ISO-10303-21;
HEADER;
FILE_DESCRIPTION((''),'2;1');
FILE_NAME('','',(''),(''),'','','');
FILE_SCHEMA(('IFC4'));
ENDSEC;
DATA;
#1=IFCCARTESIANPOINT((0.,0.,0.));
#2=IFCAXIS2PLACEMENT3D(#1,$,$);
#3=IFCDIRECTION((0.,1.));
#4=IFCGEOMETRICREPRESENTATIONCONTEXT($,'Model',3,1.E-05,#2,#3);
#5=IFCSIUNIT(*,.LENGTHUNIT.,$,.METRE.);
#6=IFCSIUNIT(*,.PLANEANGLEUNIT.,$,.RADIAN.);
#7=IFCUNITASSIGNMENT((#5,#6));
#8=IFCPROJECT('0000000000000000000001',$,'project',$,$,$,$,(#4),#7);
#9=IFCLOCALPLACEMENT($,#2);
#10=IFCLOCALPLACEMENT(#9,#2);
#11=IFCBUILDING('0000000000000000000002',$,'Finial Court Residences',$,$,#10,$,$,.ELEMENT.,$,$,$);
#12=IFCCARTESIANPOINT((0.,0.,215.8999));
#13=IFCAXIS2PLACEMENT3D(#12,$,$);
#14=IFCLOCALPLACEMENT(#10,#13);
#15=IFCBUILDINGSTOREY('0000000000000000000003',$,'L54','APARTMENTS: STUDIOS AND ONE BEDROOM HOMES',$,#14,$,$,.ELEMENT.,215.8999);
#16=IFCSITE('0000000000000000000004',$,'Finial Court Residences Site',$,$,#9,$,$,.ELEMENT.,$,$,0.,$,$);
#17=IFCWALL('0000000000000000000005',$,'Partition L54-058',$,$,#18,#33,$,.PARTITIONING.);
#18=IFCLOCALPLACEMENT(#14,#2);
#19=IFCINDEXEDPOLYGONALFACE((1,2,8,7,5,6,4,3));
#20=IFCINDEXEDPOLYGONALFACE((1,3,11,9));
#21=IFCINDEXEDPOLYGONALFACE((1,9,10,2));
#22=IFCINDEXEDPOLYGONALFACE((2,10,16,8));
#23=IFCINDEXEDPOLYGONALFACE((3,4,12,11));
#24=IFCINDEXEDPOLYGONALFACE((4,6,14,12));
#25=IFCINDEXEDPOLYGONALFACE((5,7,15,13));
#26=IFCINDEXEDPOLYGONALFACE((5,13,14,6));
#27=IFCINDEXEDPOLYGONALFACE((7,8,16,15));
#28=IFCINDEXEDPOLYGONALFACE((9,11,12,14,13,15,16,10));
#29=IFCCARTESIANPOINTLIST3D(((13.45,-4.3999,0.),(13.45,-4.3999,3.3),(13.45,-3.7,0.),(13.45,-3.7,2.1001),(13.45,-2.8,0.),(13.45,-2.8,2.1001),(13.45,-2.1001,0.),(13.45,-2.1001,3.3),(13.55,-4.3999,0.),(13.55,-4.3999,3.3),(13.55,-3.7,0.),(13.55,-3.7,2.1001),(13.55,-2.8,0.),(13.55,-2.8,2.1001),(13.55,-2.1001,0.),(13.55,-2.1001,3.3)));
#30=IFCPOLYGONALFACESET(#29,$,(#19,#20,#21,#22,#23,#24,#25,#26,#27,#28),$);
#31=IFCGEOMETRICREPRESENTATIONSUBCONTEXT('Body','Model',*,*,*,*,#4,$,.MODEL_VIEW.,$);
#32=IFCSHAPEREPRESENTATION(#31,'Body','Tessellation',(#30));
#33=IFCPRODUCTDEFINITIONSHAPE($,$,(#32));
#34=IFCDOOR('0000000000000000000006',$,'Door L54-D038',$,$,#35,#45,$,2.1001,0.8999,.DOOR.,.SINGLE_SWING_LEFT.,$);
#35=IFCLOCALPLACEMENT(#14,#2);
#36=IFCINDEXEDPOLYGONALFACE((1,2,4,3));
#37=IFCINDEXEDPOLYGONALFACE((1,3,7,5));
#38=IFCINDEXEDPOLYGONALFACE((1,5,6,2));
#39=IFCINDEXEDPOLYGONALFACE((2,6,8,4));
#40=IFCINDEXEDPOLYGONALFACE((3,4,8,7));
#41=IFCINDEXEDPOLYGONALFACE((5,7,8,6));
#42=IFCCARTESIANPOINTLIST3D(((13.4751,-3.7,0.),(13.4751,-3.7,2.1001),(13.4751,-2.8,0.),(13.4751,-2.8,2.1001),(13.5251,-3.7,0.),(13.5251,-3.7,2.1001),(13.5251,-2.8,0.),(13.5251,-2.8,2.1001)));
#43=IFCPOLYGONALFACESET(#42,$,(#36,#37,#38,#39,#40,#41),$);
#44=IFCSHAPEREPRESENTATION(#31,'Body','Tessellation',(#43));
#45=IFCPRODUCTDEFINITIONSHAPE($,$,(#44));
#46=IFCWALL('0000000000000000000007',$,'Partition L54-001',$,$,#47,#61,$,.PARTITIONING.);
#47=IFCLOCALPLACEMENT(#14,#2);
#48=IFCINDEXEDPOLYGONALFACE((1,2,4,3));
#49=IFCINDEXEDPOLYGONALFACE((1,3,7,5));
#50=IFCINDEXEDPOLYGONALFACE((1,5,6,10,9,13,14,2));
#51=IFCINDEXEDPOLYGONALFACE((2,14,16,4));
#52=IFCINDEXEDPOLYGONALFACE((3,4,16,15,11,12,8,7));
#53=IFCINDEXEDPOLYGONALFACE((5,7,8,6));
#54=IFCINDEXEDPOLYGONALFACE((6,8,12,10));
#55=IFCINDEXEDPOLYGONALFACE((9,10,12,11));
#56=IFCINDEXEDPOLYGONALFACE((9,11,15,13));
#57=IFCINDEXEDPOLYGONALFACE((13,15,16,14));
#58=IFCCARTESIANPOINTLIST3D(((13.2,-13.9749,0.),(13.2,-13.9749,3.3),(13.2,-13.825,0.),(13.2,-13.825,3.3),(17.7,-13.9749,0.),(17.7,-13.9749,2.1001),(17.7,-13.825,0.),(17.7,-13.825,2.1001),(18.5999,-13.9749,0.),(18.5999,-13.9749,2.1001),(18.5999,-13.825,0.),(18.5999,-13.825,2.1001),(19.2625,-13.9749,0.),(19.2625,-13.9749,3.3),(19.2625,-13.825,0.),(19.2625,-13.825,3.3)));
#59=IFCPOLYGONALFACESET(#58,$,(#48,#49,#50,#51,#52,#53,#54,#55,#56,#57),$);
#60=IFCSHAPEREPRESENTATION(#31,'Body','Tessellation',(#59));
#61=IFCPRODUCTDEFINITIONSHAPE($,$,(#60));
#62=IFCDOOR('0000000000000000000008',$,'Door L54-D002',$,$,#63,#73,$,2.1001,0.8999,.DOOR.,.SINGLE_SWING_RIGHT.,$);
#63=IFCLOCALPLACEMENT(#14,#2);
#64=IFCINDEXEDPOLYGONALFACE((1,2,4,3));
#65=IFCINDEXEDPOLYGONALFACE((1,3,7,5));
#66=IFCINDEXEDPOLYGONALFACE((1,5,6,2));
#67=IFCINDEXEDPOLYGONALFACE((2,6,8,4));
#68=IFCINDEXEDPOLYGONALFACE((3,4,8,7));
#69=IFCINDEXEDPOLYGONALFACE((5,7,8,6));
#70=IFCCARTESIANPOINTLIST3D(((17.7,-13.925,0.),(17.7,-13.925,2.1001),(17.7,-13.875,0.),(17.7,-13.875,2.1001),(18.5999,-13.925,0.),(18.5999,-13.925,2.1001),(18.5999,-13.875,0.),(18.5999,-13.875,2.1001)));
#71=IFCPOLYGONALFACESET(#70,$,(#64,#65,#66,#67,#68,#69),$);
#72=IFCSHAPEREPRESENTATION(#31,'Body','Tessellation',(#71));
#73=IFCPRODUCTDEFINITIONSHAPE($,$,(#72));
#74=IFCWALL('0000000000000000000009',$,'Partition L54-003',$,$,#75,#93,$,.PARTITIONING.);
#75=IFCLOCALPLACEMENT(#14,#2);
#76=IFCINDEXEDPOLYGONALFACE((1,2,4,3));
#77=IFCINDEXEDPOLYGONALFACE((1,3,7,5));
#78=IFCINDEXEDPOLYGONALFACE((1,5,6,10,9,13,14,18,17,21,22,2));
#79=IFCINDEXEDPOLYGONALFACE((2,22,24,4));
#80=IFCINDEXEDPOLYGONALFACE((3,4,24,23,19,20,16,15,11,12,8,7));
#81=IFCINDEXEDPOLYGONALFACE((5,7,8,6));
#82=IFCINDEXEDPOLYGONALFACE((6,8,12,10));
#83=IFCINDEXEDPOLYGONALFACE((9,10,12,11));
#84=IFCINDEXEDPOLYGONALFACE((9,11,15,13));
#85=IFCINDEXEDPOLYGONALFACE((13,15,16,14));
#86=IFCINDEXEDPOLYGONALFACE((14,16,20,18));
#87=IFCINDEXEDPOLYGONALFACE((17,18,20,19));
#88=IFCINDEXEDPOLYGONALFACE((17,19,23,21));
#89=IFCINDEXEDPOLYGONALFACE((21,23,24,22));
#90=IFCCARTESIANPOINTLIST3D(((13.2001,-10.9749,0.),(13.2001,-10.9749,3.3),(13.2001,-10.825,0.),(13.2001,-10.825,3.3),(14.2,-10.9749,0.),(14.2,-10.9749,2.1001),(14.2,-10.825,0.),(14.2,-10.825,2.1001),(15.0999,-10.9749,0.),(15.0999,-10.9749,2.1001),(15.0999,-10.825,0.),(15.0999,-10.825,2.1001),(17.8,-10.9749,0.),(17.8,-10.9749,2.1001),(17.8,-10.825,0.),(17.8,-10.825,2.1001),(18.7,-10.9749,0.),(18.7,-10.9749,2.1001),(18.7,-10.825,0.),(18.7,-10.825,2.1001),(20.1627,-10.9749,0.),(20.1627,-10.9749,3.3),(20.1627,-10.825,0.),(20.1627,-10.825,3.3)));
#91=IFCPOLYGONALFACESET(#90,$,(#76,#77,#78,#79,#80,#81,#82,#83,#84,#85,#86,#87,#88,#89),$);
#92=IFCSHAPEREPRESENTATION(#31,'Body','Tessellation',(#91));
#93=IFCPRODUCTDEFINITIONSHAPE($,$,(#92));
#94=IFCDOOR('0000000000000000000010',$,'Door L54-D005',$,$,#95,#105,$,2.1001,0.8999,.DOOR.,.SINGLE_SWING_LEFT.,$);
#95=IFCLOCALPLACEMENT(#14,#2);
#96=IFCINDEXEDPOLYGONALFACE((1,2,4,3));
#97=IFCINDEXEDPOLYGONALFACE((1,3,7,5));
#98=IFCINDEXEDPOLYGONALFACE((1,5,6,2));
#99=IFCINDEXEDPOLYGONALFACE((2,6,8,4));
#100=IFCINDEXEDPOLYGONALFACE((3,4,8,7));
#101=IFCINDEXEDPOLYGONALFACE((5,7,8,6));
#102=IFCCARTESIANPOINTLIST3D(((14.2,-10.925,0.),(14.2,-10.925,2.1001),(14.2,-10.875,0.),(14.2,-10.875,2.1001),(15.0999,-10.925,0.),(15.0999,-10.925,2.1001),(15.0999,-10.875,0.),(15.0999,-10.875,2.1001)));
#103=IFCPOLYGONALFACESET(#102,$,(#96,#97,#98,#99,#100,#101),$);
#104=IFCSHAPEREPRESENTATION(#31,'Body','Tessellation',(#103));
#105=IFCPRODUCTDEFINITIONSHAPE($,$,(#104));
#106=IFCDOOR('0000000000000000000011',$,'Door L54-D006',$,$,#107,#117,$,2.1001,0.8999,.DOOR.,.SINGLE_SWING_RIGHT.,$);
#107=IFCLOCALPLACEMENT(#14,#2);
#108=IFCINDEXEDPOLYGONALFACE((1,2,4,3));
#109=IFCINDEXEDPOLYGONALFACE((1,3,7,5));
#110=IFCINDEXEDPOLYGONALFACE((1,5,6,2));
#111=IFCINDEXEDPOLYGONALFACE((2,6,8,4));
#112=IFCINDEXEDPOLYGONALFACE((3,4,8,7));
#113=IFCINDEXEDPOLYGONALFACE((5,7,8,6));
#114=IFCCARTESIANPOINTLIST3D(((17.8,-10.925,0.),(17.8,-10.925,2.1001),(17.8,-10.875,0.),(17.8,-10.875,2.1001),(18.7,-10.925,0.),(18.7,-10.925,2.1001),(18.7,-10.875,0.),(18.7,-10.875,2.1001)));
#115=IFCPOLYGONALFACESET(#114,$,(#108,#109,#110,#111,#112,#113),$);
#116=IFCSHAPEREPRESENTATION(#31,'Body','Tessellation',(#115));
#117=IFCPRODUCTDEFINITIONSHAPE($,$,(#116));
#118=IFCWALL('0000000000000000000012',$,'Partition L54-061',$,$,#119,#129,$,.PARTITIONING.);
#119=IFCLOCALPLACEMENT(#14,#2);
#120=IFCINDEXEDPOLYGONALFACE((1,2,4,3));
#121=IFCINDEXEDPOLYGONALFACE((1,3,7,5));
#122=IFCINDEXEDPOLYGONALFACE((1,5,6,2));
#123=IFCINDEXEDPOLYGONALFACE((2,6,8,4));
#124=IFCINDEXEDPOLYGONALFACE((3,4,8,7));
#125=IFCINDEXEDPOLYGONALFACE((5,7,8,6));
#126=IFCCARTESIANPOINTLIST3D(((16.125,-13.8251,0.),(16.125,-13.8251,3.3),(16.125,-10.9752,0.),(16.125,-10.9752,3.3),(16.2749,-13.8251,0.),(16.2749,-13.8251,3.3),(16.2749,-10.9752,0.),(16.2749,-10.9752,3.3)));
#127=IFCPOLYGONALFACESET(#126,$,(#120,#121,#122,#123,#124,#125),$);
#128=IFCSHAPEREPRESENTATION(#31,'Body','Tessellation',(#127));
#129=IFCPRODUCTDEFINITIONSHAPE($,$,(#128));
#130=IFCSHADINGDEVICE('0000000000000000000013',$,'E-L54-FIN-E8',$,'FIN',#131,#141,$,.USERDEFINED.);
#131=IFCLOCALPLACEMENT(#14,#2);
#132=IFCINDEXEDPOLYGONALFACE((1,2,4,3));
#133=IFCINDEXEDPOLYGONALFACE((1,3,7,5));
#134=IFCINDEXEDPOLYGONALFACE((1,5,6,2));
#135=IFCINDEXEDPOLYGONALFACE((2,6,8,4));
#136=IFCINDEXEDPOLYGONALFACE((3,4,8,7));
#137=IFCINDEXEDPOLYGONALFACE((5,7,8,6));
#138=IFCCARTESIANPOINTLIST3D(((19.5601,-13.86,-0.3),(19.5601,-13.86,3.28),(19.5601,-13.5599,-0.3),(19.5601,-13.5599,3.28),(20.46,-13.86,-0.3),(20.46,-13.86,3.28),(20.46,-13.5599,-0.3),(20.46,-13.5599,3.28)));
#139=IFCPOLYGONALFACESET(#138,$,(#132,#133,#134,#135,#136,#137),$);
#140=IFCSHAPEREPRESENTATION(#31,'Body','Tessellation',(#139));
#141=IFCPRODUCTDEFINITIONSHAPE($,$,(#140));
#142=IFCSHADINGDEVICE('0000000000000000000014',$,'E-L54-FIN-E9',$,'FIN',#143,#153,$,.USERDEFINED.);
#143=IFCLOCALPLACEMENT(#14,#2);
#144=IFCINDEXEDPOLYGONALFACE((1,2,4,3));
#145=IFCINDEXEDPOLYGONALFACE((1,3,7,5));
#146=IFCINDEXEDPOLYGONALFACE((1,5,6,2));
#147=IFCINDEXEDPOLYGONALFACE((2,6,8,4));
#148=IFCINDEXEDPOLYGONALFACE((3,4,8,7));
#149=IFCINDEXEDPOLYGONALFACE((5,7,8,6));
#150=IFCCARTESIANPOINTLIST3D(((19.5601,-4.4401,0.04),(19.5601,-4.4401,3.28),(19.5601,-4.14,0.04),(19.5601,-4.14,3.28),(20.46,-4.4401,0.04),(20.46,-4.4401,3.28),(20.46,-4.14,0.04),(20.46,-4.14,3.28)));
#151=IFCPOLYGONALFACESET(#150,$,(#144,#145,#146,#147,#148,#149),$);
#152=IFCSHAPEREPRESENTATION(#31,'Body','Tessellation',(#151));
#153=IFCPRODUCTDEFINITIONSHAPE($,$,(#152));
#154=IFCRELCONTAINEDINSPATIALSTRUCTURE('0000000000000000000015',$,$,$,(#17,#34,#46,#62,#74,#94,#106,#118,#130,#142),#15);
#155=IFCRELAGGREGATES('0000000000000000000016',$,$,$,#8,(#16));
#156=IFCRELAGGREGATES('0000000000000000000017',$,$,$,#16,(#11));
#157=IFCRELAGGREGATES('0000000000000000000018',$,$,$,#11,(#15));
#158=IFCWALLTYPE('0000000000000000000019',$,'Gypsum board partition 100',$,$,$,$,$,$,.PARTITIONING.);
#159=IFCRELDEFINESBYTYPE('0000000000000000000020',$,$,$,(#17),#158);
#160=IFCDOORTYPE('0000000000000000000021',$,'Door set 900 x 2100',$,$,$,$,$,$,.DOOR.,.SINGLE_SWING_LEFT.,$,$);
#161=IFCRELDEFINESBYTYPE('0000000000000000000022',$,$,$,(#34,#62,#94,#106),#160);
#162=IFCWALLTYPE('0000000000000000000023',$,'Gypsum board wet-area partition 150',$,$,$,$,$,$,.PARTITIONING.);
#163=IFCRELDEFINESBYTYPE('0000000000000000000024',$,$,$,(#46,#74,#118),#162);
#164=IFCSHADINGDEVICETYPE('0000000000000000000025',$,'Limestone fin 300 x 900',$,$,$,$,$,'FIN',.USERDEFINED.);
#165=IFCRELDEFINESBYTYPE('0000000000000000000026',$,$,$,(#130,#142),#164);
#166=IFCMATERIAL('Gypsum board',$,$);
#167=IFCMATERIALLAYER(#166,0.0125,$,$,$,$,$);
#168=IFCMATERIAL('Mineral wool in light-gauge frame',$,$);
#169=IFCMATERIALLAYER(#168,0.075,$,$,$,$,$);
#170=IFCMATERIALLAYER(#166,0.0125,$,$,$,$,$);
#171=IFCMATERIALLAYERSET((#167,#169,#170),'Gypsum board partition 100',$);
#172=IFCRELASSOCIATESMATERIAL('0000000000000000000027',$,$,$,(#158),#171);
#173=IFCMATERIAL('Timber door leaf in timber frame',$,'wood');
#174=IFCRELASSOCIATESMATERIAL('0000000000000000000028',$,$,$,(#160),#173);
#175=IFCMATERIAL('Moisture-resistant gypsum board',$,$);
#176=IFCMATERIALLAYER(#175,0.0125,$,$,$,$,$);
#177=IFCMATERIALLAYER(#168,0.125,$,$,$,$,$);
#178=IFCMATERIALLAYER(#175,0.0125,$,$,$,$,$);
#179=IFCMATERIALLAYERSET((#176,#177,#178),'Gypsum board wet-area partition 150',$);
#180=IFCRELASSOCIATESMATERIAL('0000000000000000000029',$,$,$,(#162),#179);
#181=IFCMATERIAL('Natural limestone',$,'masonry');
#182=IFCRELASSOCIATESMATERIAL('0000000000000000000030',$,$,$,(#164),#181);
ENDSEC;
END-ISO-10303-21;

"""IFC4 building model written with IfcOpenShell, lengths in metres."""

from ifc_helpers import new_model, si_unit, direction, frame, frame_2d, origin, origin_2d, place, context, subcontext, project, spatial, rectangle, extrude, material, layer, layer_set, type_object, element, fill, save


model = new_model("IFC4")

# Units and contexts
model_context = context("Model", 3, precision=1e-05, world=origin(), true_north=direction((0.0, 1.0)))
body_context = subcontext(model_context, "Body", "Model", "MODEL_VIEW")
ifc_project = project(units=[si_unit("LENGTHUNIT", "METRE"), si_unit("PLANEANGLEUNIT", "RADIAN")], contexts=[model_context])

# Site, building, storey
site_placement = place(None, origin())
site = spatial("IfcSite", under=ifc_project, at=site_placement, Name="Finial Court Residences Site", CompositionType="ELEMENT", RefElevation=0.0)
building_placement = place(site_placement, origin())
building = spatial("IfcBuilding", under=site, at=building_placement, Name="Finial Court Residences", CompositionType="ELEMENT")
storey_placement = place(building_placement, frame((0.0, 0.0, 215.8999)))
storey = spatial("IfcBuildingStorey", under=building, at=storey_placement, Name="L54", Description="APARTMENTS: STUDIOS AND ONE BEDROOM HOMES", CompositionType="ELEMENT", Elevation=215.8999)

# Walls, openings, doors
ifc_material_1 = material(Name="Gypsum board")
ifc_layer_1 = layer(ifc_material_1, 0.0125)
ifc_material_2 = material(Name="Mineral wool in light-gauge frame")
ifc_layer_2 = layer(ifc_material_2, 0.075)
ifc_layer_3 = layer(ifc_material_1, 0.0125)
ifc_layer_set_1 = layer_set([ifc_layer_1, ifc_layer_2, ifc_layer_3], Name="Gypsum board partition 100")
wall_type_1 = type_object("IfcWallType", Name="Gypsum board partition 100", PredefinedType="PARTITIONING", material=ifc_layer_set_1)
wall_1_placement = place(storey_placement, frame((13.5, -4.3999, 0.0), z_axis=(0.0, 0.0, 1.0), x_axis=(0.0, 1.0, 0.0)))
wall_1 = element("IfcWall", 1, at=wall_1_placement, inside=storey, type_object=wall_type_1, Name="Partition L54-058", PredefinedType="PARTITIONING", context=body_context, shape_type="SweptSolid", body=[
    extrude(rectangle(XDim=2.2998, YDim=0.1001, at=frame_2d((1.1499, 0.0))), origin(), (0.0, 0.0, 1.0), 3.3),
])
opening_1_placement = place(wall_1_placement, frame((0.7, 0.0, 0.0)))
opening_1 = element("IfcOpeningElement", 2, at=opening_1_placement, cuts=wall_1, PredefinedType="OPENING", context=body_context, shape_type="SweptSolid", body=[
    extrude(rectangle(XDim=0.8999, YDim=2.1001, at=frame_2d((0.45, 1.05))), frame((0.0, 0.0601, 0.0), z_axis=(0.0, -1.0, 0.0), x_axis=(1.0, 0.0, 0.0)), (0.0, 0.0, 1.0), 0.1201),
])
ifc_material_3 = material(Name="Timber door leaf in timber frame", Category="wood")
door_type_1 = type_object("IfcDoorType", Name="Door set 900 x 2100", OperationType="SINGLE_SWING_LEFT", PredefinedType="DOOR", material=ifc_material_3)
door_1_placement = place(opening_1_placement, origin())
door_1 = element("IfcDoor", 3, at=door_1_placement, inside=storey, type_object=door_type_1, Name="Door L54-D038", OperationType="SINGLE_SWING_LEFT", OverallHeight=2.1001, OverallWidth=0.8999, PredefinedType="DOOR", context=body_context, shape_type="SweptSolid", body=[
    extrude(rectangle(XDim=0.8999, YDim=2.1001, at=frame_2d((0.45, 1.05))), frame((0.0, 0.0249, 0.0), z_axis=(0.0, -1.0, 0.0), x_axis=(1.0, 0.0, 0.0)), (0.0, 0.0, 1.0), 0.05),
])
fill(opening_1, door_1)
ifc_material_4 = material(Name="Moisture-resistant gypsum board")
ifc_layer_4 = layer(ifc_material_4, 0.0125)
ifc_layer_5 = layer(ifc_material_2, 0.125)
ifc_layer_6 = layer(ifc_material_4, 0.0125)
ifc_layer_set_2 = layer_set([ifc_layer_4, ifc_layer_5, ifc_layer_6], Name="Gypsum board wet-area partition 150")
wall_type_2 = type_object("IfcWallType", Name="Gypsum board wet-area partition 150", PredefinedType="PARTITIONING", material=ifc_layer_set_2)
wall_2_placement = place(storey_placement, frame((13.2, -13.8999, 0.0), z_axis=(0.0, 0.0, 1.0), x_axis=(1.0, 0.0, 0.0)))
wall_2 = element("IfcWall", 4, at=wall_2_placement, inside=storey, type_object=wall_type_2, Name="Partition L54-001", PredefinedType="PARTITIONING", context=body_context, shape_type="SweptSolid", body=[
    extrude(rectangle(XDim=6.0625, YDim=0.1499, at=frame_2d((3.0312, 0.0))), origin(), (0.0, 0.0, 1.0), 3.3),
])
opening_2_placement = place(wall_2_placement, frame((4.5, 0.0, 0.0)))
opening_2 = element("IfcOpeningElement", 5, at=opening_2_placement, cuts=wall_2, PredefinedType="OPENING", context=body_context, shape_type="SweptSolid", body=[
    extrude(rectangle(XDim=0.8999, YDim=2.1001, at=frame_2d((0.45, 1.05))), frame((0.0, 0.085, 0.0), z_axis=(0.0, -1.0, 0.0), x_axis=(1.0, 0.0, 0.0)), (0.0, 0.0, 1.0), 0.1699),
])
door_2_placement = place(opening_2_placement, origin())
door_2 = element("IfcDoor", 6, at=door_2_placement, inside=storey, type_object=door_type_1, Name="Door L54-D002", OperationType="SINGLE_SWING_RIGHT", OverallHeight=2.1001, OverallWidth=0.8999, PredefinedType="DOOR", context=body_context, shape_type="SweptSolid", body=[
    extrude(rectangle(XDim=0.8999, YDim=2.1001, at=frame_2d((0.45, 1.05))), frame((0.0, 0.0249, 0.0), z_axis=(0.0, -1.0, 0.0), x_axis=(1.0, 0.0, 0.0)), (0.0, 0.0, 1.0), 0.05),
])
fill(opening_2, door_2)

# Wall, openings, doors
wall_3_placement = place(storey_placement, frame((13.2, -10.8999, 0.0), z_axis=(0.0, 0.0, 1.0), x_axis=(1.0, 0.0, 0.0)))
wall_3 = element("IfcWall", 7, at=wall_3_placement, inside=storey, type_object=wall_type_2, Name="Partition L54-003", PredefinedType="PARTITIONING", context=body_context, shape_type="SweptSolid", body=[
    extrude(rectangle(XDim=6.9626, YDim=0.1499, at=frame_2d((3.4814, 0.0))), origin(), (0.0, 0.0, 1.0), 3.3),
])
opening_3_placement = place(wall_3_placement, frame((1.0, 0.0, 0.0)))
opening_3 = element("IfcOpeningElement", 8, at=opening_3_placement, cuts=wall_3, PredefinedType="OPENING", context=body_context, shape_type="SweptSolid", body=[
    extrude(rectangle(XDim=0.8999, YDim=2.1001, at=frame_2d((0.45, 1.05))), frame((0.0, 0.085, 0.0), z_axis=(0.0, -1.0, 0.0), x_axis=(1.0, 0.0, 0.0)), (0.0, 0.0, 1.0), 0.1699),
])
opening_4_placement = place(wall_3_placement, frame((4.6001, 0.0, 0.0)))
opening_4 = element("IfcOpeningElement", 9, at=opening_4_placement, cuts=wall_3, PredefinedType="OPENING", context=body_context, shape_type="SweptSolid", body=[
    extrude(rectangle(XDim=0.8999, YDim=2.1001, at=frame_2d((0.45, 1.05))), frame((0.0, 0.085, 0.0), z_axis=(0.0, -1.0, 0.0), x_axis=(1.0, 0.0, 0.0)), (0.0, 0.0, 1.0), 0.1699),
])
door_3_placement = place(opening_3_placement, origin())
door_3 = element("IfcDoor", 10, at=door_3_placement, inside=storey, type_object=door_type_1, Name="Door L54-D005", OperationType="SINGLE_SWING_LEFT", OverallHeight=2.1001, OverallWidth=0.8999, PredefinedType="DOOR", context=body_context, shape_type="SweptSolid", body=[
    extrude(rectangle(XDim=0.8999, YDim=2.1001, at=frame_2d((0.45, 1.05))), frame((0.0, 0.0249, 0.0), z_axis=(0.0, -1.0, 0.0), x_axis=(1.0, 0.0, 0.0)), (0.0, 0.0, 1.0), 0.05),
])
fill(opening_3, door_3)
door_4_placement = place(opening_4_placement, origin())
door_4 = element("IfcDoor", 11, at=door_4_placement, inside=storey, type_object=door_type_1, Name="Door L54-D006", OperationType="SINGLE_SWING_RIGHT", OverallHeight=2.1001, OverallWidth=0.8999, PredefinedType="DOOR", context=body_context, shape_type="SweptSolid", body=[
    extrude(rectangle(XDim=0.8999, YDim=2.1001, at=frame_2d((0.45, 1.05))), frame((0.0, 0.0249, 0.0), z_axis=(0.0, -1.0, 0.0), x_axis=(1.0, 0.0, 0.0)), (0.0, 0.0, 1.0), 0.05),
])
fill(opening_4, door_4)

# Wall
wall_4_placement = place(storey_placement, frame((16.2, -13.825, 0.0), z_axis=(0.0, 0.0, 1.0), x_axis=(0.0, 1.0, 0.0)))
element("IfcWall", 12, at=wall_4_placement, inside=storey, type_object=wall_type_2, Name="Partition L54-061", PredefinedType="PARTITIONING", context=body_context, shape_type="SweptSolid", body=[
    extrude(rectangle(XDim=2.8499, YDim=0.1499, at=frame_2d((1.4248, 0.0))), origin(), (0.0, 0.0, 1.0), 3.3),
])

# Shading devices
ifc_material_5 = material(Name="Natural limestone", Category="masonry")
shading_device_type = type_object("IfcShadingDeviceType", Name="Limestone fin 300 x 900", ElementType="FIN", PredefinedType="USERDEFINED", material=ifc_material_5)
shading_device_1_placement = place(storey_placement, frame((20.01, -13.71, -0.3), z_axis=(0.0, 0.0, 1.0), x_axis=(1.0, 0.0, 0.0)))
element("IfcShadingDevice", 13, at=shading_device_1_placement, inside=storey, type_object=shading_device_type, Name="E-L54-FIN-E8", ObjectType="FIN", PredefinedType="USERDEFINED", context=body_context, shape_type="SweptSolid", body=[
    extrude(rectangle(XDim=0.8999, YDim=0.3, at=origin_2d()), origin(), (0.0, 0.0, 1.0), 3.5801),
])
shading_device_2_placement = place(storey_placement, frame((20.01, -4.29, 0.04), z_axis=(0.0, 0.0, 1.0), x_axis=(1.0, 0.0, 0.0)))
element("IfcShadingDevice", 14, at=shading_device_2_placement, inside=storey, type_object=shading_device_type, Name="E-L54-FIN-E9", ObjectType="FIN", PredefinedType="USERDEFINED", context=body_context, shape_type="SweptSolid", body=[
    extrude(rectangle(XDim=0.8999, YDim=0.3, at=origin_2d()), origin(), (0.0, 0.0, 1.0), 3.24),
])

save(model, "model.ifc")
